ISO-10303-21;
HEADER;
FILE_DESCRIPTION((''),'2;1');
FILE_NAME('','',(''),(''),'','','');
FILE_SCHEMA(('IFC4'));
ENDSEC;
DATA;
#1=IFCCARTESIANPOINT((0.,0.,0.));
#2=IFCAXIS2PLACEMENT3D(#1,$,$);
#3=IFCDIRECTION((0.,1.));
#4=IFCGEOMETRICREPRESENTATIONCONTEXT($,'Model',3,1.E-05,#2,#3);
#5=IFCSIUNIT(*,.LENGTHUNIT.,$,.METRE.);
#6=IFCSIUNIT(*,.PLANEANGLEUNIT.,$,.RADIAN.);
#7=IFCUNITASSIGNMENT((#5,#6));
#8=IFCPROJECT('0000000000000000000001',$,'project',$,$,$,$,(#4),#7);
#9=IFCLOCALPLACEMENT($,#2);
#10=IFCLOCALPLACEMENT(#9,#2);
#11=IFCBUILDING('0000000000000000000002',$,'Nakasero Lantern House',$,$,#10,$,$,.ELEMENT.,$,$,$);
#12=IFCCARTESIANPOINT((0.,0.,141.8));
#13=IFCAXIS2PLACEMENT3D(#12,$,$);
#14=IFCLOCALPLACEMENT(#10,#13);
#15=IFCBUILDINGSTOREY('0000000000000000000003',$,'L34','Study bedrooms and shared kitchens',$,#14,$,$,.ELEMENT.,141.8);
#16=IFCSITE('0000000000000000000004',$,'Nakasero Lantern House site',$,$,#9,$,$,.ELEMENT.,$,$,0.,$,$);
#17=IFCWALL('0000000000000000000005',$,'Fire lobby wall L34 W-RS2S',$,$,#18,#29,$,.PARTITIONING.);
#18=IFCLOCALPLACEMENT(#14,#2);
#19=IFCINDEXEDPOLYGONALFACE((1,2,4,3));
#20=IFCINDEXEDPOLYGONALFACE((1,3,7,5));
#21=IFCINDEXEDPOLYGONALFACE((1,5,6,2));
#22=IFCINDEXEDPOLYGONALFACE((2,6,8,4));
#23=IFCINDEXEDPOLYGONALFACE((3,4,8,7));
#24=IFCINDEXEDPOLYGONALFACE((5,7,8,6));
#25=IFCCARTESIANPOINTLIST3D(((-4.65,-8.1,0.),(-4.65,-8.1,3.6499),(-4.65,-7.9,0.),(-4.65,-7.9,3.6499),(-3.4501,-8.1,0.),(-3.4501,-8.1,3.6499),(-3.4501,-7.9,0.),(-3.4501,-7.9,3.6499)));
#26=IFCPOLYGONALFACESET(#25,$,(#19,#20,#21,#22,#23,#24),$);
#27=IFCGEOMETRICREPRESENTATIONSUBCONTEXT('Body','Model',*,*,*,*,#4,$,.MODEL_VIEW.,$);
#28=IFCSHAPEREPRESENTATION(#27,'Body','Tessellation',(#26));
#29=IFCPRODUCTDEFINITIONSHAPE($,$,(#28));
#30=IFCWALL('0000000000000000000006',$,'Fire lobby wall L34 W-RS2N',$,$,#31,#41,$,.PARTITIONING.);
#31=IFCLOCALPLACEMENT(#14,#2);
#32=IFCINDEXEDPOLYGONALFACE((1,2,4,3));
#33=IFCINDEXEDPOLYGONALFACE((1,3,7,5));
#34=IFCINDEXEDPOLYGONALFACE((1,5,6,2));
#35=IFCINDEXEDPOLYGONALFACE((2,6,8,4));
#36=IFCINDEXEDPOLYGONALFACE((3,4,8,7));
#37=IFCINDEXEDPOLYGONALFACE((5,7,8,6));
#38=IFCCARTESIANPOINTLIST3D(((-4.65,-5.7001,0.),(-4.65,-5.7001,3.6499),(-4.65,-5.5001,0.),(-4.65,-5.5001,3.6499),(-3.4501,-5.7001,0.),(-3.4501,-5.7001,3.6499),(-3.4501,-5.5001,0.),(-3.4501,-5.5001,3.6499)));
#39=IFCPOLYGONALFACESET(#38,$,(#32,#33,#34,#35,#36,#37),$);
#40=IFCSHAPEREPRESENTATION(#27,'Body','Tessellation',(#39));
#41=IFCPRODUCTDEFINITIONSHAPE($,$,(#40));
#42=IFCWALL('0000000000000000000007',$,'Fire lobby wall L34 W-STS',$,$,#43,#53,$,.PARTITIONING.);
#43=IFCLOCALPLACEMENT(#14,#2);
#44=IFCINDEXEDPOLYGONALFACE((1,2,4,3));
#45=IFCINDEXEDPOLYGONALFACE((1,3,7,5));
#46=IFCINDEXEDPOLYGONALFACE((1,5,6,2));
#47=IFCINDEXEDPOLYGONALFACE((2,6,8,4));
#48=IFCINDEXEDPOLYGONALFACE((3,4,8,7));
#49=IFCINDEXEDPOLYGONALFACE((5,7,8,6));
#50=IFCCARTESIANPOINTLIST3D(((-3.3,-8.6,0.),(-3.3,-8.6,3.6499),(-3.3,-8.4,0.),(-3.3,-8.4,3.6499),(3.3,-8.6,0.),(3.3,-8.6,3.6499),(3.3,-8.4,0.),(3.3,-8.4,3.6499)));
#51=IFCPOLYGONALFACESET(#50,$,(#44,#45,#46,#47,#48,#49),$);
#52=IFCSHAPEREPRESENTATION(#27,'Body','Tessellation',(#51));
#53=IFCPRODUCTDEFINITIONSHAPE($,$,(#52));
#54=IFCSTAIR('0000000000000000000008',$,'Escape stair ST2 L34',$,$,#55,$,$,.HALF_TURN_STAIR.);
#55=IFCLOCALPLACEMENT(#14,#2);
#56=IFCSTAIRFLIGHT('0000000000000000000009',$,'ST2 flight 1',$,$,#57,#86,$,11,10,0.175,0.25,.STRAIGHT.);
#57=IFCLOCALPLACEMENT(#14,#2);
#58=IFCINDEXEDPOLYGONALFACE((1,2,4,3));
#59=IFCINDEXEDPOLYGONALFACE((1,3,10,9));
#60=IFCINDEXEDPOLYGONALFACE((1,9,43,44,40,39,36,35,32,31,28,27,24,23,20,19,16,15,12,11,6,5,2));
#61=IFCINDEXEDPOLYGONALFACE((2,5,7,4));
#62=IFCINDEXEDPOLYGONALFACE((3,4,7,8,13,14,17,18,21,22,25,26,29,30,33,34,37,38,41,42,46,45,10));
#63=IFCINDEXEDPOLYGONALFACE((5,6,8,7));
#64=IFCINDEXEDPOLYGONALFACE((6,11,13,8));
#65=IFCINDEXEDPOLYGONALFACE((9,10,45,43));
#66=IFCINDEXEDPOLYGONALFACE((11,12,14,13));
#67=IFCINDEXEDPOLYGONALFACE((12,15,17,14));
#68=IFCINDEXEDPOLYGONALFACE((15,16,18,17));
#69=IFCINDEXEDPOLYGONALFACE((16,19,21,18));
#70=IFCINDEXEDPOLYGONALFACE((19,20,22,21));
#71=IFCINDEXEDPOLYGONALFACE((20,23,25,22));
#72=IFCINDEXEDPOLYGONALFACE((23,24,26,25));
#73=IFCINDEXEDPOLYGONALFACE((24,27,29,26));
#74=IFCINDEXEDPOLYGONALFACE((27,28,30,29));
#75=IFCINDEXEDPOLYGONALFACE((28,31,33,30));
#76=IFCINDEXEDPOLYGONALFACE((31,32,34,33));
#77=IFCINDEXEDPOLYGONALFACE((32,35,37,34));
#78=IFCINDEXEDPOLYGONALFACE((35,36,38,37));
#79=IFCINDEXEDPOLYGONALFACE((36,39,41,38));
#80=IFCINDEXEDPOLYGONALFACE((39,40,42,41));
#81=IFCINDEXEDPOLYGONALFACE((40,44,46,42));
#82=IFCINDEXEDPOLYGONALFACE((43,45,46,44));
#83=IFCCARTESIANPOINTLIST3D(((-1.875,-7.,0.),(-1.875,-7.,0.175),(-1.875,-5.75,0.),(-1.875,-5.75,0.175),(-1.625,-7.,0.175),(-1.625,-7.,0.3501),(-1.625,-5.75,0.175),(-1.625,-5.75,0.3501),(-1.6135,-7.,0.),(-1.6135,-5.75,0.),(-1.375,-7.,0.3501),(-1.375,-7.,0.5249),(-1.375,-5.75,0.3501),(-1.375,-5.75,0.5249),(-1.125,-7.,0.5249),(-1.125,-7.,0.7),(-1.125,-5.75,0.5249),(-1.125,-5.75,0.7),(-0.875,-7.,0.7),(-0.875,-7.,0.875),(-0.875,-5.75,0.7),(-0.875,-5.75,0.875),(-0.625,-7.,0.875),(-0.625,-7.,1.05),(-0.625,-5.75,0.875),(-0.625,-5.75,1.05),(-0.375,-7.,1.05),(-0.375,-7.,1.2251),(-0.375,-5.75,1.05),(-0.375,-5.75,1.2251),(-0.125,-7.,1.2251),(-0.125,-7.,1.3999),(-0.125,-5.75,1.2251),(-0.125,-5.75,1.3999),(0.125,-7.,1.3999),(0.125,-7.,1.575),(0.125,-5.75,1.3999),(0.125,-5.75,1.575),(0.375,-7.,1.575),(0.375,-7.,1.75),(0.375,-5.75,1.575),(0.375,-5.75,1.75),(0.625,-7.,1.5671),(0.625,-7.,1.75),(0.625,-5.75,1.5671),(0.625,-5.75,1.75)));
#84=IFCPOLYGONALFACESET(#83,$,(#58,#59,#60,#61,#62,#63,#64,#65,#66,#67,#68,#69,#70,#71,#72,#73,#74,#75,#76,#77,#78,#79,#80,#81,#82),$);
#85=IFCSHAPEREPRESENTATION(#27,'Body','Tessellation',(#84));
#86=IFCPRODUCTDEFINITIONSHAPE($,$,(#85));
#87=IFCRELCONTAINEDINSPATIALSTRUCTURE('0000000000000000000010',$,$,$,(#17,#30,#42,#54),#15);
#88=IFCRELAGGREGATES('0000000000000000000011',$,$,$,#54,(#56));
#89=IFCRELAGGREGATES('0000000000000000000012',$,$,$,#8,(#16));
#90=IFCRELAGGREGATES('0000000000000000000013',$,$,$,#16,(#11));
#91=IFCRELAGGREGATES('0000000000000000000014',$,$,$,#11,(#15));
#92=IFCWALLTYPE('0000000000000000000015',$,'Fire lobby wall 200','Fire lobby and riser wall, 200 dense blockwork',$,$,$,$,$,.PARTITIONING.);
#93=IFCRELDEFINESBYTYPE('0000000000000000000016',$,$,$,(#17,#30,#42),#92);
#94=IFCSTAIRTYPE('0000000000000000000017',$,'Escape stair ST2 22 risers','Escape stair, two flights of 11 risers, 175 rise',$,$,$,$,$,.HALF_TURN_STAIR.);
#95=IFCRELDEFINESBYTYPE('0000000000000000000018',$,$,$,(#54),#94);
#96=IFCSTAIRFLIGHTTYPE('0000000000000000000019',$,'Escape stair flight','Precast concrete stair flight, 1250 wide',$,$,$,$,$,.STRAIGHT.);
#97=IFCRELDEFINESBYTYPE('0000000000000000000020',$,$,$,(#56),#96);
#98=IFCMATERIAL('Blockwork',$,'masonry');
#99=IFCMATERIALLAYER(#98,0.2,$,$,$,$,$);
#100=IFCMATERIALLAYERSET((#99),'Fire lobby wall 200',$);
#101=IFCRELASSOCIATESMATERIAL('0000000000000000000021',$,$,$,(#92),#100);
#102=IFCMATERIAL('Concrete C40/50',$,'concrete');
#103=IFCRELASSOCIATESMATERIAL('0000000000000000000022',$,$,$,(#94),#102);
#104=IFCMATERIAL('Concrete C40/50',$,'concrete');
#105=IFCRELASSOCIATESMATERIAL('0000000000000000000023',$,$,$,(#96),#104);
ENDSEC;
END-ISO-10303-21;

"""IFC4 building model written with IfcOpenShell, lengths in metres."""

from ifc_helpers import new_model, si_unit, direction, frame, frame_2d, origin, place, context, subcontext, project, spatial, polyline, rectangle, outline, extrude, material, layer, layer_set, type_object, element, aggregate, save


model = new_model("IFC4")

# Units and contexts
model_context = context("Model", 3, precision=1e-05, world=origin(), true_north=direction((0.0, 1.0)))
body_context = subcontext(model_context, "Body", "Model", "MODEL_VIEW")
ifc_project = project(units=[si_unit("LENGTHUNIT", "METRE"), si_unit("PLANEANGLEUNIT", "RADIAN")], contexts=[model_context])

# Site, building, storey
site_placement = place(None, origin())
site = spatial("IfcSite", under=ifc_project, at=site_placement, Name="Nakasero Lantern House site", CompositionType="ELEMENT", RefElevation=0.0)
building_placement = place(site_placement, origin())
building = spatial("IfcBuilding", under=site, at=building_placement, Name="Nakasero Lantern House", CompositionType="ELEMENT")
storey_placement = place(building_placement, frame((0.0, 0.0, 141.8)))
storey = spatial("IfcBuildingStorey", under=building, at=storey_placement, Name="L34", Description="Study bedrooms and shared kitchens", CompositionType="ELEMENT", Elevation=141.8)

# Shared definitions
ifc_material_1 = material(Name="Blockwork", Category="masonry")
ifc_layer_1 = layer(ifc_material_1, 0.2)
ifc_layer_set_1 = layer_set([ifc_layer_1], Name="Fire lobby wall 200")
wall_type_1 = type_object("IfcWallType", Name="Fire lobby wall 200", Description="Fire lobby and riser wall, 200 dense blockwork", PredefinedType="PARTITIONING", material=ifc_layer_set_1)

# Walls
for number, where, z_axis, x_axis, name in (
    (1, (-3.45, -8.0, 0.0), (0.0, 0.0, 1.0), (-1.0, 0.0, 0.0), "Fire lobby wall L34 W-RS2S"),
    (2, (-3.45, -5.6001, 0.0), (0.0, 0.0, 1.0), (-1.0, 0.0, 0.0), "Fire lobby wall L34 W-RS2N"),
):
    element("IfcWall", number, at=place(storey_placement, frame(where, z_axis=z_axis, x_axis=x_axis)), inside=storey, type_object=wall_type_1, Name=name, PredefinedType="PARTITIONING", context=body_context, shape_type="SweptSolid", body=[
        extrude(rectangle(XDim=1.2, YDim=0.2, at=frame_2d((0.6001, 0.0))), origin(), (0.0, 0.0, 1.0), 3.6499),
    ])
wall_1_placement = place(storey_placement, frame((-3.3, -8.5, 0.0), z_axis=(0.0, 0.0, 1.0), x_axis=(1.0, 0.0, 0.0)))
element("IfcWall", 3, at=wall_1_placement, inside=storey, type_object=wall_type_1, Name="Fire lobby wall L34 W-STS", PredefinedType="PARTITIONING", context=body_context, shape_type="SweptSolid", body=[
    extrude(rectangle(XDim=6.6001, YDim=0.2, at=frame_2d((3.3, 0.0))), origin(), (0.0, 0.0, 1.0), 3.6499),
])

# Stair, stair flight
ifc_material_2 = material(Name="Concrete C40/50", Category="concrete")
stair_type = type_object("IfcStairType", Name="Escape stair ST2 22 risers", Description="Escape stair, two flights of 11 risers, 175 rise", PredefinedType="HALF_TURN_STAIR", material=ifc_material_2)
stair_placement = place(storey_placement, origin())
stair = element("IfcStair", 4, at=stair_placement, inside=storey, type_object=stair_type, Name="Escape stair ST2 L34", PredefinedType="HALF_TURN_STAIR")
ifc_material_3 = material(Name="Concrete C40/50", Category="concrete")
stair_flight_type = type_object("IfcStairFlightType", Name="Escape stair flight", Description="Precast concrete stair flight, 1250 wide", PredefinedType="STRAIGHT", material=ifc_material_3)
stair_flight_placement = place(storey_placement, frame((-1.875, -6.375, 0.0), z_axis=(0.0, 0.0, 1.0), x_axis=(1.0, 0.0, 0.0)))
stair_flight = element("IfcStairFlight", 5, at=stair_flight_placement, type_object=stair_flight_type, Name="ST2 flight 1", NumberOfRisers=11, NumberOfTreads=10, PredefinedType="STRAIGHT", RiserHeight=0.175, TreadLength=0.25, context=body_context, shape_type="SweptSolid", body=[
    extrude(outline(polyline([(0.0, 0.0), (0.0, 0.175), (0.25, 0.175), (0.25, 0.3501), (0.5, 0.3501), (0.5, 0.5249), (0.75, 0.5249), (0.75, 0.7), (1.0, 0.7), (1.0, 0.875), (1.25, 0.875), (1.25, 1.05), (1.5, 1.05), (1.5, 1.2251), (1.75, 1.2251), (1.75, 1.3999), (2.0, 1.3999), (2.0, 1.575), (2.25, 1.575), (2.25, 1.75), (2.5, 1.75), (2.5, 1.925), (2.5, 1.5671), (0.2615, 0.0), (0.0, 0.0)])), frame((0.0, 0.625, 0.0), z_axis=(0.0, -1.0, 0.0), x_axis=(1.0, 0.0, 0.0)), (0.0, 0.0, 1.0), 1.25),
])
aggregate(stair, [stair_flight])

save(model, "model.ifc")
